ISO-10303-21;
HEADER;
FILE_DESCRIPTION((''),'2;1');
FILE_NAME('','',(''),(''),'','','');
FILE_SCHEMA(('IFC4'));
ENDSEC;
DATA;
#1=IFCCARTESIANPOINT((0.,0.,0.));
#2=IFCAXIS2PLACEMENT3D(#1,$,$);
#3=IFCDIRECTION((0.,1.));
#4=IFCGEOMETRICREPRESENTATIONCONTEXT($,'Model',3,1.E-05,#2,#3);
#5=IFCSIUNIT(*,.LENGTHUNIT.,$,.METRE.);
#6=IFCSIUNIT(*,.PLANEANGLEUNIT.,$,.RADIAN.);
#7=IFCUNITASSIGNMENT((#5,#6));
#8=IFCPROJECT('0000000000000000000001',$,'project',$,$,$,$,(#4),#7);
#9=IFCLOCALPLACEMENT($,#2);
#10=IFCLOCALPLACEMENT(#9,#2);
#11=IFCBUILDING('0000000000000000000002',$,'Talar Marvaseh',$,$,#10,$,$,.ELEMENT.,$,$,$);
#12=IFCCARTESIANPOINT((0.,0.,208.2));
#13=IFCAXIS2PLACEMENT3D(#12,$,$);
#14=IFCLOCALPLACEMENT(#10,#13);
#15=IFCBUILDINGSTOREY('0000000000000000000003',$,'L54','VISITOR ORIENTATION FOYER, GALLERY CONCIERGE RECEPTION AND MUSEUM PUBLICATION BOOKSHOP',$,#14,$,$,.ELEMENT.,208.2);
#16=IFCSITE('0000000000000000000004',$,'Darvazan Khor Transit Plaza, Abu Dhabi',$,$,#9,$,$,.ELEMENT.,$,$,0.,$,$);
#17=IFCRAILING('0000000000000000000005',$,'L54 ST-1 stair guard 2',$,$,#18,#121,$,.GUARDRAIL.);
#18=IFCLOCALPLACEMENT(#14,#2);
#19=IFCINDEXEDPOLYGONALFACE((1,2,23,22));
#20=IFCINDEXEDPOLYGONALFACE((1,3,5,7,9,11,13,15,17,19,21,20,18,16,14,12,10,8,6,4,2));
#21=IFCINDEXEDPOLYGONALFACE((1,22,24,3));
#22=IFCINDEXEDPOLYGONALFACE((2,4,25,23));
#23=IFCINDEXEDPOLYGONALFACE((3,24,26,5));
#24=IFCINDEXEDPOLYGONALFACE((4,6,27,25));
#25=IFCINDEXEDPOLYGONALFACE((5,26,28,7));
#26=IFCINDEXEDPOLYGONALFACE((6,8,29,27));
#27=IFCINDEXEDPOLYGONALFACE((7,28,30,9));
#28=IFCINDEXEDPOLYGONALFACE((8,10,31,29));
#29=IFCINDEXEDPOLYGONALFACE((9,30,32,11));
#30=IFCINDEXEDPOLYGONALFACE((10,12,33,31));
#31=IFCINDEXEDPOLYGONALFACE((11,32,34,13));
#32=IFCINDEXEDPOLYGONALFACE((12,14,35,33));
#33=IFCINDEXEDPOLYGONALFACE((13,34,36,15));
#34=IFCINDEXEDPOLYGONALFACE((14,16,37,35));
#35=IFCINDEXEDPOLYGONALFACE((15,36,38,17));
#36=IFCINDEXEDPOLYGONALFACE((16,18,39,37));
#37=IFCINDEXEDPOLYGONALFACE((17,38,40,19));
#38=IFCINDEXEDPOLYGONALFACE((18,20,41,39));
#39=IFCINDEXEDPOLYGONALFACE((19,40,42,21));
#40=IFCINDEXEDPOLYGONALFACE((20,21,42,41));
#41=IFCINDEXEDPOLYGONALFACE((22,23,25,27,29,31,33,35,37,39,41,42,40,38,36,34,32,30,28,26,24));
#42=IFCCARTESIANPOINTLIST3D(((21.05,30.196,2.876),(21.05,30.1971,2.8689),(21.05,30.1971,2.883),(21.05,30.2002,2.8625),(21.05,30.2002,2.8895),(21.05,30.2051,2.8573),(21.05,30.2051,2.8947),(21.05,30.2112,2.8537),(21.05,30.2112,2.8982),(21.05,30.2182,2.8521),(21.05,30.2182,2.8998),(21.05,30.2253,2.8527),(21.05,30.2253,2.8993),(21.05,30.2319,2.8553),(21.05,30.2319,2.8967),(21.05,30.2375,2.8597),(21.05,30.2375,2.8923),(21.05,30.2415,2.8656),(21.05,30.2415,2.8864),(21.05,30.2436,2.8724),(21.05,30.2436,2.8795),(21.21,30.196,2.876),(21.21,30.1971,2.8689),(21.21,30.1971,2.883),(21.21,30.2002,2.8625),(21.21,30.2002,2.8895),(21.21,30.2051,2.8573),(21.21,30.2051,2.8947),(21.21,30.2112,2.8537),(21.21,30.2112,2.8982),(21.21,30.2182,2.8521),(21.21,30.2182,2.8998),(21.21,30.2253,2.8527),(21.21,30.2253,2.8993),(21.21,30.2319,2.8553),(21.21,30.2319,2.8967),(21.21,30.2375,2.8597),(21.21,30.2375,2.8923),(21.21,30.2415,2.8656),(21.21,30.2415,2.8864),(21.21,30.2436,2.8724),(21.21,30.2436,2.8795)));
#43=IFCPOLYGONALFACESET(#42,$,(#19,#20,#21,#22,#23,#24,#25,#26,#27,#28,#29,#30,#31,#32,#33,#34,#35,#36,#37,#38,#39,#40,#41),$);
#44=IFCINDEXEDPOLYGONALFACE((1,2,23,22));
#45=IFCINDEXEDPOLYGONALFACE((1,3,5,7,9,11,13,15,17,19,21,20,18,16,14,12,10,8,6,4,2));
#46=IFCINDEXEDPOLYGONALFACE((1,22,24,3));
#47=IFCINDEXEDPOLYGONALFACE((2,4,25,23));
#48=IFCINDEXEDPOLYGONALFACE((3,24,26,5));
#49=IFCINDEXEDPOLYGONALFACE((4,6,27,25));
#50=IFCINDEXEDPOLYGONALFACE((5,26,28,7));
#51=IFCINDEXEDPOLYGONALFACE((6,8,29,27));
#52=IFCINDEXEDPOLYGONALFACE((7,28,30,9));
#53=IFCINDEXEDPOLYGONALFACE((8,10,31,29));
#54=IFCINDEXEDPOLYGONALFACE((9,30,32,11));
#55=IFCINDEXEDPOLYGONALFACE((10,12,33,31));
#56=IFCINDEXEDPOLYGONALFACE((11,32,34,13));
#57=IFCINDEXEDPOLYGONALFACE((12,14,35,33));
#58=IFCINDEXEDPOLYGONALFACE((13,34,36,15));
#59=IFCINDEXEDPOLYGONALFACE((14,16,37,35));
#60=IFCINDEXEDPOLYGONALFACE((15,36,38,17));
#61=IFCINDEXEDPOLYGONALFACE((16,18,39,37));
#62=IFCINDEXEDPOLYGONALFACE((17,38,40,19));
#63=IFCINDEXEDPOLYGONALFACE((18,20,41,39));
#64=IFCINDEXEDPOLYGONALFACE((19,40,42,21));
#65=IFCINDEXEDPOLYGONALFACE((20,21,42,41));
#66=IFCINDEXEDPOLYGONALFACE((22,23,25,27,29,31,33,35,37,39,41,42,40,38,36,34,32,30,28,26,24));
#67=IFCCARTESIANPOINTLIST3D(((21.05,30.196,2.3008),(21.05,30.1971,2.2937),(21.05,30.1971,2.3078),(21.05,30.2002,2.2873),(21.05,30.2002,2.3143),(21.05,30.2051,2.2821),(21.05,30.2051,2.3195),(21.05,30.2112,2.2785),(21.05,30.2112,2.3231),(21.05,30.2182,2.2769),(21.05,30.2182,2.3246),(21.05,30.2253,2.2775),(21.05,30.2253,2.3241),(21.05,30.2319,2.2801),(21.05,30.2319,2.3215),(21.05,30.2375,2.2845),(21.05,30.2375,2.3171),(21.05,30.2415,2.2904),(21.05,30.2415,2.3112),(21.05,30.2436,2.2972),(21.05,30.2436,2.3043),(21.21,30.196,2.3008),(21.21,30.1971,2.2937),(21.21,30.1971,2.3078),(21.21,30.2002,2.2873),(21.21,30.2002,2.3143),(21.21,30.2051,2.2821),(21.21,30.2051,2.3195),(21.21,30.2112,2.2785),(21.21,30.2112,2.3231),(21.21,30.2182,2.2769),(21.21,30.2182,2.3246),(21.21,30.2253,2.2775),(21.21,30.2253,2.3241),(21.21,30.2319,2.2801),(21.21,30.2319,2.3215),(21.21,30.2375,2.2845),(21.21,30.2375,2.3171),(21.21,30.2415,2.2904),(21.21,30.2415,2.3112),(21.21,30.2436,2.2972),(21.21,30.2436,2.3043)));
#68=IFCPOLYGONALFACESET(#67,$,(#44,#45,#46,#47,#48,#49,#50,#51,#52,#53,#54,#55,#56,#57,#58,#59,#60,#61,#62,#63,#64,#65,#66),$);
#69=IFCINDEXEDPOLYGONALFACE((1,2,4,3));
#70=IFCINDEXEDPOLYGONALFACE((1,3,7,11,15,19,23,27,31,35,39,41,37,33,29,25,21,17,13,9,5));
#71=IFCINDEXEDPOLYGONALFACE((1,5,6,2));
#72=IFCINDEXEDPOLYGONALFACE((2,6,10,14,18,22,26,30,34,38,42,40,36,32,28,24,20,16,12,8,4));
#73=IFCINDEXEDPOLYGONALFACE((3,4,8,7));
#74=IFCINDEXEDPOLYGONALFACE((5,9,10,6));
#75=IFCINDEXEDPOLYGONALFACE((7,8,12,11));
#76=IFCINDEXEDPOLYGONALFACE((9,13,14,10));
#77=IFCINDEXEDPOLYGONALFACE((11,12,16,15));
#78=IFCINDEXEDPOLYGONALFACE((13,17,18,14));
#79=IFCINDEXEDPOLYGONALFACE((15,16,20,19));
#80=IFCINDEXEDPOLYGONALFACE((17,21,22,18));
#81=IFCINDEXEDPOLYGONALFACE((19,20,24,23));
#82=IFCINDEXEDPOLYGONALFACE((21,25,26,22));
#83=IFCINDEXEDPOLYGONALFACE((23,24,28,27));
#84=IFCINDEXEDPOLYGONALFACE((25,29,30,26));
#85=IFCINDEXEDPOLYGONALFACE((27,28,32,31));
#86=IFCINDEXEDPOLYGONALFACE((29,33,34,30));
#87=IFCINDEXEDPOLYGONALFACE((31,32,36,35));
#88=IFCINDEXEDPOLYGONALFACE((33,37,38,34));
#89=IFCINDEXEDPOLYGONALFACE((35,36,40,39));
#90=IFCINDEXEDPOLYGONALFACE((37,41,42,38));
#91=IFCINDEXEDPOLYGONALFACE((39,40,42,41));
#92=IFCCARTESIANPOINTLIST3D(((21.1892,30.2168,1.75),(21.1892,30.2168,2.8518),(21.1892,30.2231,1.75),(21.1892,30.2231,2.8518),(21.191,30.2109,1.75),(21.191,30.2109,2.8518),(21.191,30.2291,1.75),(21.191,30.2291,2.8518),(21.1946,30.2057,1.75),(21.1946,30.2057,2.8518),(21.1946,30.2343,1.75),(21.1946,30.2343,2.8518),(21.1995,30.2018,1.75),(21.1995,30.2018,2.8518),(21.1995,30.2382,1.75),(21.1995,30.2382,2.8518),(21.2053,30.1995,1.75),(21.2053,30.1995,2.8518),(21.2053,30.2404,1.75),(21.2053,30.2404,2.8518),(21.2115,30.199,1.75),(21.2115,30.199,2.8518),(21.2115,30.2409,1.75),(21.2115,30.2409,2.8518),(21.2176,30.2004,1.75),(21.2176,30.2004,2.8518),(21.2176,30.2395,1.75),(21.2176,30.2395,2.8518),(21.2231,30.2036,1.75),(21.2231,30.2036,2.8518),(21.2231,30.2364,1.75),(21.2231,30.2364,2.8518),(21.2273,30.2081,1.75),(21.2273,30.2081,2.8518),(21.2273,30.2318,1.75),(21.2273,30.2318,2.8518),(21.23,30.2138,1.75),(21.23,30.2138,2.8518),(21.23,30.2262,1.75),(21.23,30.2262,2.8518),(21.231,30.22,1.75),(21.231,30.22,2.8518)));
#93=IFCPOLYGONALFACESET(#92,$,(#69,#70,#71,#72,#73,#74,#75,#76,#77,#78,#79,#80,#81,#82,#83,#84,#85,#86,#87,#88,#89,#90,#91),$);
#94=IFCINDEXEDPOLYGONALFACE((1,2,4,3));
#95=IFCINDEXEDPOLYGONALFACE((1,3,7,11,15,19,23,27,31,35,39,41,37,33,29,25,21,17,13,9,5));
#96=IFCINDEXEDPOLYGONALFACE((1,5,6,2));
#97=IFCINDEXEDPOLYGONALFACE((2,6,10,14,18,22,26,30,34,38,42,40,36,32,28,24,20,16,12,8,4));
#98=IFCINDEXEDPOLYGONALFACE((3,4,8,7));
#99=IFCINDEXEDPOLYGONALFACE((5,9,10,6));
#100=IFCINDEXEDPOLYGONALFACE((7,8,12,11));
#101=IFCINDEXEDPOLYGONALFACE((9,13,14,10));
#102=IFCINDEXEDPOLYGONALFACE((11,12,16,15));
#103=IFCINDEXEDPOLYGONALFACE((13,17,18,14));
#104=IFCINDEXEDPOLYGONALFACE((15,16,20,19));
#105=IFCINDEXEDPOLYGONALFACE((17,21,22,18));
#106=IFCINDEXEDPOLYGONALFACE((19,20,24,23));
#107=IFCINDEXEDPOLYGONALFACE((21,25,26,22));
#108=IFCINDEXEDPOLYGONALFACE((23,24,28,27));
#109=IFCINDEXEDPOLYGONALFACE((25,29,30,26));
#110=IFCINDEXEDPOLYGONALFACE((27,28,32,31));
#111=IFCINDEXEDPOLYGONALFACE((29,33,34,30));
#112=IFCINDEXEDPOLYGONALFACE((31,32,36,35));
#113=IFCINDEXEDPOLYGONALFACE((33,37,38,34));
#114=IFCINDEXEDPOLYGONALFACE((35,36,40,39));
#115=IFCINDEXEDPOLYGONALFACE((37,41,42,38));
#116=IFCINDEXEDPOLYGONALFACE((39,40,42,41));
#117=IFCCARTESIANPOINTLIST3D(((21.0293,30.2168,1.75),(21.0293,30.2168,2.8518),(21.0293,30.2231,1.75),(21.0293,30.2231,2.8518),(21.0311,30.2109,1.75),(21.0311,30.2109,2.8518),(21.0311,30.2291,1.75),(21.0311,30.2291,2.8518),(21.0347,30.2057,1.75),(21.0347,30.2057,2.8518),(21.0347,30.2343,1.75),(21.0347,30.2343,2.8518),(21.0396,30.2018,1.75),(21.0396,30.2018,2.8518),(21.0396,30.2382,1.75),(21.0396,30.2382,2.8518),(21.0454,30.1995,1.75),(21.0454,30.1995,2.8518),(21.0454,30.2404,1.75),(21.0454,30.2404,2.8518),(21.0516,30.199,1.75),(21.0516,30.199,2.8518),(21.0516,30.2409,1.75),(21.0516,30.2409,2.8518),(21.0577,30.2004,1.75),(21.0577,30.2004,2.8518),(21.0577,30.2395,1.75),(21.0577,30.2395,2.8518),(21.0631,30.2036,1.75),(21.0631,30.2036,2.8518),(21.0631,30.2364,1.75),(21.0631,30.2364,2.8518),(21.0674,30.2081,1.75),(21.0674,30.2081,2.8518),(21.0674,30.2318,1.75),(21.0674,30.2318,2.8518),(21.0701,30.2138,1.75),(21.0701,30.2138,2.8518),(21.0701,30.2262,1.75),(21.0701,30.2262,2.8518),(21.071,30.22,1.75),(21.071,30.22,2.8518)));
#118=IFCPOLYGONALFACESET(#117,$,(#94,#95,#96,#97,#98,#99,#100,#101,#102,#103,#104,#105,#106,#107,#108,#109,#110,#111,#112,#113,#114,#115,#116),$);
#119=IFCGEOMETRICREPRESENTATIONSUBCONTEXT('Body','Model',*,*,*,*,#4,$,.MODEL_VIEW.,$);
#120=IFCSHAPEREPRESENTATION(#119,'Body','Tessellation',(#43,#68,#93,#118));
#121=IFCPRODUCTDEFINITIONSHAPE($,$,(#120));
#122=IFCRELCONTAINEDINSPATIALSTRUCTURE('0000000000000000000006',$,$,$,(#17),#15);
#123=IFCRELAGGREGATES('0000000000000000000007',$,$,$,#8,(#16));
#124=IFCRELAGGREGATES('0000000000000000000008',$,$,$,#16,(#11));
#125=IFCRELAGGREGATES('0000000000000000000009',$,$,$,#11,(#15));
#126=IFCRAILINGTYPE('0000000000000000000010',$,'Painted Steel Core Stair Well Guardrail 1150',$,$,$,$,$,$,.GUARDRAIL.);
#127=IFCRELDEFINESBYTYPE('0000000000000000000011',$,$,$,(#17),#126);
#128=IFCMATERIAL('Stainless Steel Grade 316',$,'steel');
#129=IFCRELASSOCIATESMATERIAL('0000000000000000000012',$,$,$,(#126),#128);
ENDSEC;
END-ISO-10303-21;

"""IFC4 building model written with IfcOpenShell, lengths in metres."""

from ifc_helpers import new_model, si_unit, direction, frame, origin, origin_2d, place, context, subcontext, project, spatial, circle, extrude, material, type_object, element, save


model = new_model("IFC4")

# Units and contexts
model_context = context("Model", 3, precision=1e-05, world=origin(), true_north=direction((0.0, 1.0)))
body_context = subcontext(model_context, "Body", "Model", "MODEL_VIEW")
ifc_project = project(units=[si_unit("LENGTHUNIT", "METRE"), si_unit("PLANEANGLEUNIT", "RADIAN")], contexts=[model_context])

# Site, building, storey
site_placement = place(None, origin())
site = spatial("IfcSite", under=ifc_project, at=site_placement, Name="Darvazan Khor Transit Plaza, Abu Dhabi", CompositionType="ELEMENT", RefElevation=0.0)
building_placement = place(site_placement, origin())
building = spatial("IfcBuilding", under=site, at=building_placement, Name="Talar Marvaseh", CompositionType="ELEMENT")
storey_placement = place(building_placement, frame((0.0, 0.0, 208.2)))
storey = spatial("IfcBuildingStorey", under=building, at=storey_placement, Name="L54", Description="VISITOR ORIENTATION FOYER, GALLERY CONCIERGE RECEPTION AND MUSEUM PUBLICATION BOOKSHOP", CompositionType="ELEMENT", Elevation=208.2)

# Railing
ifc_material_1 = material(Name="Stainless Steel Grade 316", Category="steel")
railing_type_1 = type_object("IfcRailingType", Name="Painted Steel Core Stair Well Guardrail 1150", PredefinedType="GUARDRAIL", material=ifc_material_1)
railing_1_placement = place(storey_placement, frame((21.21, 30.22, 1.75)))
element("IfcRailing", 1, at=railing_1_placement, inside=storey, type_object=railing_type_1, Name="L54 ST-1 stair guard 2", PredefinedType="GUARDRAIL", context=body_context, shape_type="SweptSolid", body=[
    extrude(circle(Radius=0.0239, at=origin_2d()), frame((0.0, 0.0, 1.126), z_axis=(-1.0, 0.0, 0.0), x_axis=(0.0, -1.0, 0.0)), (0.0, 0.0, 1.0), 0.1599),
    extrude(circle(Radius=0.0239, at=origin_2d()), frame((0.0, 0.0, 0.5508), z_axis=(-1.0, 0.0, 0.0), x_axis=(0.0, -1.0, 0.0)), (0.0, 0.0, 1.0), 0.1599),
    extrude(circle(Radius=0.021, at=origin_2d()), origin(), (0.0, 0.0, 1.0), 1.1018),
    extrude(circle(Radius=0.021, at=origin_2d()), frame((-0.1599, 0.0, 0.0)), (0.0, 0.0, 1.0), 1.1018),
])

save(model, "model.ifc")
